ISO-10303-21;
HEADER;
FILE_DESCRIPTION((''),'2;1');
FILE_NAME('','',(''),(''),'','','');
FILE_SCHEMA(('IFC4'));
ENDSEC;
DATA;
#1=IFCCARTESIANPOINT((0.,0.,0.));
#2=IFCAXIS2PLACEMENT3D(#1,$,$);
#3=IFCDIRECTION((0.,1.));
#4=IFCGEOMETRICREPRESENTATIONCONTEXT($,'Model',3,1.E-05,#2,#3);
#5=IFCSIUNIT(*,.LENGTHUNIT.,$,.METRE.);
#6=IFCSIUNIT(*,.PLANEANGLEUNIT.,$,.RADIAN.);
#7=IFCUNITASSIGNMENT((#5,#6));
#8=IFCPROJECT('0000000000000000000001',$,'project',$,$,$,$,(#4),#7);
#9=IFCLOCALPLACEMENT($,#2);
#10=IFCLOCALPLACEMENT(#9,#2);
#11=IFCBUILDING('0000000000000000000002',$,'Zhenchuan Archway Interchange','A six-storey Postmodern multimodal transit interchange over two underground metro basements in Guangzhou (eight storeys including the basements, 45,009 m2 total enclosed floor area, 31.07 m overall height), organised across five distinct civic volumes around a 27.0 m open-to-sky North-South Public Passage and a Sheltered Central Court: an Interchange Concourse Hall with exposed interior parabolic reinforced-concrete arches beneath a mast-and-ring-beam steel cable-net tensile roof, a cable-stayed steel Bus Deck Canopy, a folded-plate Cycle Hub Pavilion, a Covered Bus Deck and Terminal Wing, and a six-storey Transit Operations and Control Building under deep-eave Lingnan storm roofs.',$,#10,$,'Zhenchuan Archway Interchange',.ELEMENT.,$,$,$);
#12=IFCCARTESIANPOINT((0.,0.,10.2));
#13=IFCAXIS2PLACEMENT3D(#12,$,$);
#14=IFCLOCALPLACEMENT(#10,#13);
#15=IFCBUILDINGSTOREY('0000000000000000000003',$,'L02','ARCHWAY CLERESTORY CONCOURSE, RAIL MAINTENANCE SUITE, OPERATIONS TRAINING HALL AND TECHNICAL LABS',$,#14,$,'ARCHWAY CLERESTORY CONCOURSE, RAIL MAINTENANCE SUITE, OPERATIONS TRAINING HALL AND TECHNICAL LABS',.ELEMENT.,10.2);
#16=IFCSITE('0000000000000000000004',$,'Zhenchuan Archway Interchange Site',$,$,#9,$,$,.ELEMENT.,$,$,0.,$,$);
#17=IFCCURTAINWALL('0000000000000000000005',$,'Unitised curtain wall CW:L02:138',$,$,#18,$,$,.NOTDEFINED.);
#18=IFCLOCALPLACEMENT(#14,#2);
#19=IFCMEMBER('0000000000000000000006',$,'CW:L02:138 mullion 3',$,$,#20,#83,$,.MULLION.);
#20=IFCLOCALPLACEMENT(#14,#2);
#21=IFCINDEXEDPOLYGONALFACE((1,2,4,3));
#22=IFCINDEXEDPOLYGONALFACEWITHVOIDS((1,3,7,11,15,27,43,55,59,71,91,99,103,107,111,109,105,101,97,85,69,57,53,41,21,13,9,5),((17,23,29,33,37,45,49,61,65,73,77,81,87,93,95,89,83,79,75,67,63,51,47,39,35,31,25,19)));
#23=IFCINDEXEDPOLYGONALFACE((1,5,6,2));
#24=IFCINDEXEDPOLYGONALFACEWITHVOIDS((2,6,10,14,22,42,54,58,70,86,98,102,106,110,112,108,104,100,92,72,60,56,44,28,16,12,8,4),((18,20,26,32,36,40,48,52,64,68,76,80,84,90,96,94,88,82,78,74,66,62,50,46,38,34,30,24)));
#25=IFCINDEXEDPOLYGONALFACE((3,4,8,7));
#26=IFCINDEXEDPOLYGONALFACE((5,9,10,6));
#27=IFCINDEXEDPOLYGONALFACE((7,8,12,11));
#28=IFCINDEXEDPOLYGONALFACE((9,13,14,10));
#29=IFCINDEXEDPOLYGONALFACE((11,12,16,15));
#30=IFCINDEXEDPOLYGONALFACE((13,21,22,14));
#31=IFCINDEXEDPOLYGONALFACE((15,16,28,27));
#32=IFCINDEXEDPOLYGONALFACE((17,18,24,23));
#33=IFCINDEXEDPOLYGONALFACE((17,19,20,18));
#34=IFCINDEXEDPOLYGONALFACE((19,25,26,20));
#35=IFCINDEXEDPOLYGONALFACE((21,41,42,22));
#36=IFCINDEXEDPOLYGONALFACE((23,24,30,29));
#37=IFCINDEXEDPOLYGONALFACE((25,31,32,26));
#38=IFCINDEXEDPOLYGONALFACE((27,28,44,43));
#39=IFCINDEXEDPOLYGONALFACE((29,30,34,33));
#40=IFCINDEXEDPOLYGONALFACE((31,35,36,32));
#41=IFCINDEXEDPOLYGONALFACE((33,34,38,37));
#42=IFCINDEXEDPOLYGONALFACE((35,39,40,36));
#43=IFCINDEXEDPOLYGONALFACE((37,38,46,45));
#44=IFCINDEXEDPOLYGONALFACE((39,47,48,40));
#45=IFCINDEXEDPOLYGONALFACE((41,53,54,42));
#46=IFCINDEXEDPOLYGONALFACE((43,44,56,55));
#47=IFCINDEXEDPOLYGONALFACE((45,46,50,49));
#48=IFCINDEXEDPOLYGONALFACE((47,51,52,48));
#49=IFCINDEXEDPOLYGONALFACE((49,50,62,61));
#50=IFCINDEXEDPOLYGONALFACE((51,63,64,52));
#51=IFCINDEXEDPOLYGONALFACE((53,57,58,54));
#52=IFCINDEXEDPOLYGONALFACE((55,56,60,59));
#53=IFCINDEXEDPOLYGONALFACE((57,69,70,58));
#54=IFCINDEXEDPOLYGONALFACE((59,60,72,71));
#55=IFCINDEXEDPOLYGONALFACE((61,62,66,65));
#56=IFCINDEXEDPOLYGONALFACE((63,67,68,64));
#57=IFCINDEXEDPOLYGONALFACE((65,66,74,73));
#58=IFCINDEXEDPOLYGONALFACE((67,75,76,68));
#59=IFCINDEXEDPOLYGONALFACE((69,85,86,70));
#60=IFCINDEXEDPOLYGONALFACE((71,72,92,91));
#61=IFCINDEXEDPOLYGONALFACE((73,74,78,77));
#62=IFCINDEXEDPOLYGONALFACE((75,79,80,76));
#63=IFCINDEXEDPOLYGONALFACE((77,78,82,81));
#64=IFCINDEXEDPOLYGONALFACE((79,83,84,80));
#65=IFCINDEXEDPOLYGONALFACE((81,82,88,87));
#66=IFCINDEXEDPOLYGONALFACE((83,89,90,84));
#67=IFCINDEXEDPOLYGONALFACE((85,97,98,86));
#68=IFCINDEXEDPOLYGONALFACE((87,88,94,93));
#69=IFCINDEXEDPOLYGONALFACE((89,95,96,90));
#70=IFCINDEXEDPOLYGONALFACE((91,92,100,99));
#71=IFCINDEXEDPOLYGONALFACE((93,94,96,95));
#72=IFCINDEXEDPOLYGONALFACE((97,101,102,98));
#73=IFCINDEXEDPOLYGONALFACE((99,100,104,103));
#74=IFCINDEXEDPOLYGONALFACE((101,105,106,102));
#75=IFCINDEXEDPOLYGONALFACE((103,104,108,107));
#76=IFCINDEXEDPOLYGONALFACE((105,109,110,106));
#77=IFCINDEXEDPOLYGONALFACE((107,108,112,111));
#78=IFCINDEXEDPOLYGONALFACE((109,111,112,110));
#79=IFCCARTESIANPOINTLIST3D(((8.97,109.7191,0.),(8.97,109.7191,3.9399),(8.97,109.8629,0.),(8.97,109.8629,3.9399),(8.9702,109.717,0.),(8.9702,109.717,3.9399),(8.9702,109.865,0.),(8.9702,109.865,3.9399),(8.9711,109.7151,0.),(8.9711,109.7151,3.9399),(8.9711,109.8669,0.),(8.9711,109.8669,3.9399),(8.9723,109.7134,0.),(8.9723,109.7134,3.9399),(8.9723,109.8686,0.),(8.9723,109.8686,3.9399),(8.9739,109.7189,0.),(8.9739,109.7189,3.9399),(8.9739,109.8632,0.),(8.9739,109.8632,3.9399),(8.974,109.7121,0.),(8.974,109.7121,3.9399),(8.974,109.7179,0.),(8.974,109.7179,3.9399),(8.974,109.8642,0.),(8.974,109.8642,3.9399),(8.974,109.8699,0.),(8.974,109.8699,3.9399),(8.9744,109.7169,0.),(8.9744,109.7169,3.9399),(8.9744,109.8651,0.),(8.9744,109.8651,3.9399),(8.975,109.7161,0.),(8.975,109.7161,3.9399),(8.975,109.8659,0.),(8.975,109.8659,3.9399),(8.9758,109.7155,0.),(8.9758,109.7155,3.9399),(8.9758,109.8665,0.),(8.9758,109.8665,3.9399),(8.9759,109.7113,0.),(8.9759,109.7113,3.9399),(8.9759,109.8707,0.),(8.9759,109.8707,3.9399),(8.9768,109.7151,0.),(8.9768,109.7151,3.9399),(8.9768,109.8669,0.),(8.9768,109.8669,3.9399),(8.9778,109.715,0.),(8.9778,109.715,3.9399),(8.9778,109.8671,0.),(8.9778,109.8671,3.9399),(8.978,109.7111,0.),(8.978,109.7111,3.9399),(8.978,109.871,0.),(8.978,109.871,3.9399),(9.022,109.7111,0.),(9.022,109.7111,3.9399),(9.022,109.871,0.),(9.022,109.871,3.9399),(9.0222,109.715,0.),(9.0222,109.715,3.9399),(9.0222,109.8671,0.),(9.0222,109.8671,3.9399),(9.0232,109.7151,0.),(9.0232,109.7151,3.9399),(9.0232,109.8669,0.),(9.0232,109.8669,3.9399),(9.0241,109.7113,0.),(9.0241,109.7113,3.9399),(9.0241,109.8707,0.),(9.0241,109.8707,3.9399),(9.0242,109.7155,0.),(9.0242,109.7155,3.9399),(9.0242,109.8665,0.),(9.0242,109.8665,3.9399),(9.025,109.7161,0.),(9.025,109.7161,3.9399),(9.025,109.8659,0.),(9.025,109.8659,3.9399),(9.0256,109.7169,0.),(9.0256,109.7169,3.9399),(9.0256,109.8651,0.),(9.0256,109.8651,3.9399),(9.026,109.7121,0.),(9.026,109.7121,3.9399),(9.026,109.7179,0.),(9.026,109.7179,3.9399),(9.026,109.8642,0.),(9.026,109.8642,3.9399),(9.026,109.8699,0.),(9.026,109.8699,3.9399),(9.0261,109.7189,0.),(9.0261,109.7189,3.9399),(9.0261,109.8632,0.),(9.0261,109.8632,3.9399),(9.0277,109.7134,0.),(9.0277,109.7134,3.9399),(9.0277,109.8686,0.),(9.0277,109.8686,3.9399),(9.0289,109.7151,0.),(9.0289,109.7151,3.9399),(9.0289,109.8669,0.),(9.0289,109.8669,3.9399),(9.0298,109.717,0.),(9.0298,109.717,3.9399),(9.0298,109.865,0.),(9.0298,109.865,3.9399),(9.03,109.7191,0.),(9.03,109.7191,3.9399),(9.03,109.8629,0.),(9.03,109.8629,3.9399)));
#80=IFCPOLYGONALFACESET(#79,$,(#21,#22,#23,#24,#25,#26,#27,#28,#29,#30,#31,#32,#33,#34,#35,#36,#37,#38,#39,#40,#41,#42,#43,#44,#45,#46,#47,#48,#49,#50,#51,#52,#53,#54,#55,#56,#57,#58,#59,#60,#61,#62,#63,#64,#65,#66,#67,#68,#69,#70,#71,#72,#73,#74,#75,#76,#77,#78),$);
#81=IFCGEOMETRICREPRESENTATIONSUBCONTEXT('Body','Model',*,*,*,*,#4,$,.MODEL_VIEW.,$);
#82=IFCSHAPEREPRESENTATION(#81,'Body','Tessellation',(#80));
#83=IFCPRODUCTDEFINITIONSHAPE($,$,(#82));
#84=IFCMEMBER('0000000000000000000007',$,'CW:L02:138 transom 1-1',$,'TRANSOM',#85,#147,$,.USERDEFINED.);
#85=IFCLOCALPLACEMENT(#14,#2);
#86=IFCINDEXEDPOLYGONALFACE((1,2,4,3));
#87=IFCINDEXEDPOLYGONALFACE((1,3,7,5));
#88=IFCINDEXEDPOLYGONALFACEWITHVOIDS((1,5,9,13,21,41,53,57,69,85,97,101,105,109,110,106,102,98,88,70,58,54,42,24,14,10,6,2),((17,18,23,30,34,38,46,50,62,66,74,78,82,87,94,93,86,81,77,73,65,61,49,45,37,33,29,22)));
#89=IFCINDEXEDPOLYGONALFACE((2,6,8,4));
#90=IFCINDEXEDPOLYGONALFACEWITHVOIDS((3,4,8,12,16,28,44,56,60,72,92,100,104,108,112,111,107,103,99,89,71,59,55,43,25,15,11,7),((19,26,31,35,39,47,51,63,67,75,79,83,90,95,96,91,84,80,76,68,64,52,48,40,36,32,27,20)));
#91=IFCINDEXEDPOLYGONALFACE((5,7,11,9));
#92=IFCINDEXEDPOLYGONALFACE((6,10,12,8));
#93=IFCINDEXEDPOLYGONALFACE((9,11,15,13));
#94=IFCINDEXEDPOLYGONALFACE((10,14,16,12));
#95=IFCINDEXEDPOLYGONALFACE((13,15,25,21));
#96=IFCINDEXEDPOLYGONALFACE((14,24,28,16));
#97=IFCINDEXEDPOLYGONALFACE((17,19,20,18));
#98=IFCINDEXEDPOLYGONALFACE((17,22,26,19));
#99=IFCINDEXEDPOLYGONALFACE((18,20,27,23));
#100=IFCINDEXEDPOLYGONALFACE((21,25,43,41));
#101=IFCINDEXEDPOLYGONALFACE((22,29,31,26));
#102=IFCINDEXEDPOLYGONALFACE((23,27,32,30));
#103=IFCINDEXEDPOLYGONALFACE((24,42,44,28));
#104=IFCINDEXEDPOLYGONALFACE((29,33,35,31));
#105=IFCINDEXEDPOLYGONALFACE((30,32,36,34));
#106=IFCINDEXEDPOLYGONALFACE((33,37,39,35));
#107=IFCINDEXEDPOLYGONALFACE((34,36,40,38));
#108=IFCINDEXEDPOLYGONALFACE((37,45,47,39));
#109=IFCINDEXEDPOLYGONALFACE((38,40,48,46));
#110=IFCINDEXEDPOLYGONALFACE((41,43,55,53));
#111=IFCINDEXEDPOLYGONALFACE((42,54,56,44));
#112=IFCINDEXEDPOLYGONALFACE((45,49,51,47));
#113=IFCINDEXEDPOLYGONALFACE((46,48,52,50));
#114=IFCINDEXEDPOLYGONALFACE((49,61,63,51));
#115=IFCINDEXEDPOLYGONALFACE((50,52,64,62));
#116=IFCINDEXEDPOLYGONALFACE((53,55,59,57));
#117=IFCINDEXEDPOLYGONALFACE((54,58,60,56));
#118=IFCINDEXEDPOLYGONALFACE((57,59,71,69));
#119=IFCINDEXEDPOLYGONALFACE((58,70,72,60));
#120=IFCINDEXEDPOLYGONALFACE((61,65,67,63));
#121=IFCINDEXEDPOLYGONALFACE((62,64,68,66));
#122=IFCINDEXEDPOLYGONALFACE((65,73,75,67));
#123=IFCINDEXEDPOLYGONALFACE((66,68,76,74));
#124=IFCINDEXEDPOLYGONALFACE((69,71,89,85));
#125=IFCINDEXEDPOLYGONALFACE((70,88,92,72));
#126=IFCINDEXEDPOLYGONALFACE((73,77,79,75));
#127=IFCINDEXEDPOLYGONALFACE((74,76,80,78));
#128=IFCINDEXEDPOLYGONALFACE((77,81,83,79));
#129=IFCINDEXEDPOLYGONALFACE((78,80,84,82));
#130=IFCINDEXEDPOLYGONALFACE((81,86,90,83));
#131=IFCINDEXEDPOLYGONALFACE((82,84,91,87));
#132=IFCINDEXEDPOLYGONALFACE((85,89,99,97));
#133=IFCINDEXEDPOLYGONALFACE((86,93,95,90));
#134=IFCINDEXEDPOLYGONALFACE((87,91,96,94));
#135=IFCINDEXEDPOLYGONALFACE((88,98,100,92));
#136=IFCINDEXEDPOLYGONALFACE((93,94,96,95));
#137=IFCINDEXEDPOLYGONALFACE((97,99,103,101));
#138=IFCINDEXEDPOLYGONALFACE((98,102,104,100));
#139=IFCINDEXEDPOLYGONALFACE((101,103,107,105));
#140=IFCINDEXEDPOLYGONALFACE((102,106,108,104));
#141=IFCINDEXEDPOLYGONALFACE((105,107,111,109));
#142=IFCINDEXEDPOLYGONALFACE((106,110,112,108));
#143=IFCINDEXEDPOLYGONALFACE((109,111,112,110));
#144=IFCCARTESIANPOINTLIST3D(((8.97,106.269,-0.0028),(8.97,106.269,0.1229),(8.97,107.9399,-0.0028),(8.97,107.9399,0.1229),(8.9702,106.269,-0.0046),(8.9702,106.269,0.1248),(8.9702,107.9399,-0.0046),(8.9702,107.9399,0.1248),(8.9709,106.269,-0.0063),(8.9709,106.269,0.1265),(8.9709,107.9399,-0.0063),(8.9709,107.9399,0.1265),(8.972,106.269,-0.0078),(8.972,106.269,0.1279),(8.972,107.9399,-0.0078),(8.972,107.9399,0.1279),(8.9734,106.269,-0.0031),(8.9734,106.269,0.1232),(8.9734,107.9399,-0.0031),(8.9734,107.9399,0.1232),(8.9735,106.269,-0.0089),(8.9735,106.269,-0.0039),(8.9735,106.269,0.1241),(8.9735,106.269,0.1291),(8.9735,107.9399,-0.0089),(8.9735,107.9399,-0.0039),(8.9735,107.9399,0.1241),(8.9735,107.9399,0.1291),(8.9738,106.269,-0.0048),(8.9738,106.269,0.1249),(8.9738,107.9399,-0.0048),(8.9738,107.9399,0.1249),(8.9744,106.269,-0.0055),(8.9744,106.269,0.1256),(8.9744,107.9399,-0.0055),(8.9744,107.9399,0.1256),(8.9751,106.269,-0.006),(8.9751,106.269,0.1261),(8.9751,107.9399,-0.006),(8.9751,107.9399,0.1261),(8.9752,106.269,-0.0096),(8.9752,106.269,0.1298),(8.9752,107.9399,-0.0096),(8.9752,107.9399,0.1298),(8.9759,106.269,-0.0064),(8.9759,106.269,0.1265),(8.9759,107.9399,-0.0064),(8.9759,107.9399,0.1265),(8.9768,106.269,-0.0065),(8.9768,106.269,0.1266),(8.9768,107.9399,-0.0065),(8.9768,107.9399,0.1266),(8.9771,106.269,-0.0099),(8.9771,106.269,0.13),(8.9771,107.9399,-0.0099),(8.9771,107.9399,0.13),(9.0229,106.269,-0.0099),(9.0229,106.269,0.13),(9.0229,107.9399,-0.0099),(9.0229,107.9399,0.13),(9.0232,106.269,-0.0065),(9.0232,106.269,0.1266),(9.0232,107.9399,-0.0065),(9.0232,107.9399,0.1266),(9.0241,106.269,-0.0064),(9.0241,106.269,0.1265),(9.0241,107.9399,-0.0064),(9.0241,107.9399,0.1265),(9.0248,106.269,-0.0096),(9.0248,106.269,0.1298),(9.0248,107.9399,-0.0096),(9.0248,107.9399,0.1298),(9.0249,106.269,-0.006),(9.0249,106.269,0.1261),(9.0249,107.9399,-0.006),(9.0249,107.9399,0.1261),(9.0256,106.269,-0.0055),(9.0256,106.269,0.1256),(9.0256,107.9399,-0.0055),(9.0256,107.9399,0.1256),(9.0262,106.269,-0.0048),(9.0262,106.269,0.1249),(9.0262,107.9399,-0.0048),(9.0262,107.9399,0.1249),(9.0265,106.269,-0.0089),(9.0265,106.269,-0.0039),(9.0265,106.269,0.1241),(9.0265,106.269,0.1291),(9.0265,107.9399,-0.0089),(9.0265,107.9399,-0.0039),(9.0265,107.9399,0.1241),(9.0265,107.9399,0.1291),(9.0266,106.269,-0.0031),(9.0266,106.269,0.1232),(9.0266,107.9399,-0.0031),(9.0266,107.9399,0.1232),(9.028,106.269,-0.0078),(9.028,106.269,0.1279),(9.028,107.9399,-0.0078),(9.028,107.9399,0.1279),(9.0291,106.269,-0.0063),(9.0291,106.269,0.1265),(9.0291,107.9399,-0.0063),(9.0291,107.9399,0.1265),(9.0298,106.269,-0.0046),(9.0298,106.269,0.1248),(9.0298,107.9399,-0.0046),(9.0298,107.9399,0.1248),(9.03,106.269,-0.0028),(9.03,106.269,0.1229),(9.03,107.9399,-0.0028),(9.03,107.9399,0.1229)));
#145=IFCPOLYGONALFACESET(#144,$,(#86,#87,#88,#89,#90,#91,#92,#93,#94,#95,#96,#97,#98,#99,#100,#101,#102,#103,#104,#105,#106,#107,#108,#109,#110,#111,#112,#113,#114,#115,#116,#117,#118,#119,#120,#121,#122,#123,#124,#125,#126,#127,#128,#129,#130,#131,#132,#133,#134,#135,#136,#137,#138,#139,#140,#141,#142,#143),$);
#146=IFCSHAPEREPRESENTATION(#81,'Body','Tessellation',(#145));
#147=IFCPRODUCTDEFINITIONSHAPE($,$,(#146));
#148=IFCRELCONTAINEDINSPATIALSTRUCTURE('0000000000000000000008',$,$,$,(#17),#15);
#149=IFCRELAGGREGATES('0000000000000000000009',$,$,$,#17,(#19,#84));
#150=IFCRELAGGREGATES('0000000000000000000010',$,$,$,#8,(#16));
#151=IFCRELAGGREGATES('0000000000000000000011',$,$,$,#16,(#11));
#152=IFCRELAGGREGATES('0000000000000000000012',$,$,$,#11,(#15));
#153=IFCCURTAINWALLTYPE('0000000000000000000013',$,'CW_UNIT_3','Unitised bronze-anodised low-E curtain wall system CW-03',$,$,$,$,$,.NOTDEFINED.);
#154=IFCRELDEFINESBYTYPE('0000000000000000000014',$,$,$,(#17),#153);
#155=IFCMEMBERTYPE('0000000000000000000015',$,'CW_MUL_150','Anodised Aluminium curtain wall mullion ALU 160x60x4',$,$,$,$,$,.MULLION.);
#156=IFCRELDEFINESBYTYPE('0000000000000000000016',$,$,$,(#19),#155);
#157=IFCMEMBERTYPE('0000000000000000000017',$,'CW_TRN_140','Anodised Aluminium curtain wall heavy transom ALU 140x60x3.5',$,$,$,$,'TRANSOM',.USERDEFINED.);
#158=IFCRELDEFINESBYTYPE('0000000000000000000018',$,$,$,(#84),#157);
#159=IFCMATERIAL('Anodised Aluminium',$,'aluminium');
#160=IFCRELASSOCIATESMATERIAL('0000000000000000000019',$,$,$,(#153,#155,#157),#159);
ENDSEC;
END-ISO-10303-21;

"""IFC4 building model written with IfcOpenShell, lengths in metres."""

from ifc_helpers import new_model, si_unit, direction, frame, origin, origin_2d, place, context, subcontext, project, spatial, hollow_rectangle, extrude, material, material_profile, profile_set, type_object, element, aggregate, save


model = new_model("IFC4")

# Units and contexts
model_context = context("Model", 3, precision=1e-05, world=origin(), true_north=direction((0.0, 1.0)))
body_context = subcontext(model_context, "Body", "Model", "MODEL_VIEW")
ifc_project = project(units=[si_unit("LENGTHUNIT", "METRE"), si_unit("PLANEANGLEUNIT", "RADIAN")], contexts=[model_context])

# Site, building, storey
site_placement = place(None, origin())
site = spatial("IfcSite", under=ifc_project, at=site_placement, Name="Zhenchuan Archway Interchange Site", CompositionType="ELEMENT", RefElevation=0.0)
building_placement = place(site_placement, origin())
building = spatial("IfcBuilding", under=site, at=building_placement, Name="Zhenchuan Archway Interchange", Description="A six-storey Postmodern multimodal transit interchange over two underground metro basements in Guangzhou (eight storeys including the basements, 45,009 m2 total enclosed floor area, 31.07 m overall height), organised across five distinct civic volumes around a 27.0 m open-to-sky North-South Public Passage and a Sheltered Central Court: an Interchange Concourse Hall with exposed interior parabolic reinforced-concrete arches beneath a mast-and-ring-beam steel cable-net tensile roof, a cable-stayed steel Bus Deck Canopy, a folded-plate Cycle Hub Pavilion, a Covered Bus Deck and Terminal Wing, and a six-storey Transit Operations and Control Building under deep-eave Lingnan storm roofs.", LongName="Zhenchuan Archway Interchange", CompositionType="ELEMENT")
storey_placement = place(building_placement, frame((0.0, 0.0, 10.2)))
storey = spatial("IfcBuildingStorey", under=building, at=storey_placement, Name="L02", Description="ARCHWAY CLERESTORY CONCOURSE, RAIL MAINTENANCE SUITE, OPERATIONS TRAINING HALL AND TECHNICAL LABS", LongName="ARCHWAY CLERESTORY CONCOURSE, RAIL MAINTENANCE SUITE, OPERATIONS TRAINING HALL AND TECHNICAL LABS", CompositionType="ELEMENT", Elevation=10.2)

# Curtain wall, members
ifc_material_1 = material(Name="Anodised Aluminium", Category="aluminium")
curtain_wall_type = type_object("IfcCurtainWallType", Name="CW_UNIT_3", Description="Unitised bronze-anodised low-E curtain wall system CW-03", PredefinedType="NOTDEFINED", material=ifc_material_1)
curtain_wall_placement = place(storey_placement, origin())
curtain_wall = element("IfcCurtainWall", 1, at=curtain_wall_placement, inside=storey, type_object=curtain_wall_type, Name="Unitised curtain wall CW:L02:138", PredefinedType="NOTDEFINED")
ifc_material_profile_1 = material_profile(ifc_material_1, hollow_rectangle(XDim=0.0601, YDim=0.1599, WallThickness=0.0039, InnerFilletRadius=0.0039, OuterFilletRadius=0.0081, at=origin_2d()), Name="ALU 160x60x4")
ifc_profile_set_1 = profile_set([ifc_material_profile_1], Name="Anodised Aluminium")
member_type_1 = type_object("IfcMemberType", Name="CW_MUL_150", Description="Anodised Aluminium curtain wall mullion ALU 160x60x4", PredefinedType="MULLION", material=ifc_profile_set_1)
member_1_placement = place(storey_placement, frame((9.0, 109.791, 0.0), z_axis=(0.0, 0.0, 1.0), x_axis=(1.0, 0.0, 0.0)))
member_1 = element("IfcMember", 2, at=member_1_placement, type_object=member_type_1, Name="CW:L02:138 mullion 3", PredefinedType="MULLION", context=body_context, shape_type="SweptSolid", body=[
    extrude(hollow_rectangle(XDim=0.0601, YDim=0.1599, WallThickness=0.0039, InnerFilletRadius=0.0039, OuterFilletRadius=0.0081, at=origin_2d()), origin(), (0.0, 0.0, 1.0), 3.9399),
])
ifc_material_profile_2 = material_profile(ifc_material_1, hollow_rectangle(XDim=0.0601, YDim=0.1399, WallThickness=0.0034, InnerFilletRadius=0.0034, OuterFilletRadius=0.0071, at=origin_2d()), Name="ALU 140x60x3.5")
ifc_profile_set_2 = profile_set([ifc_material_profile_2], Name="Anodised Aluminium")
member_type_2 = type_object("IfcMemberType", Name="CW_TRN_140", Description="Anodised Aluminium curtain wall heavy transom ALU 140x60x3.5", ElementType="TRANSOM", PredefinedType="USERDEFINED", material=ifc_profile_set_2)
member_2_placement = place(storey_placement, frame((9.0, 106.269, 0.0601), z_axis=(0.0, 1.0, 0.0), x_axis=(-1.0, 0.0, 0.0)))
member_2 = element("IfcMember", 3, at=member_2_placement, type_object=member_type_2, Name="CW:L02:138 transom 1-1", ObjectType="TRANSOM", PredefinedType="USERDEFINED", context=body_context, shape_type="SweptSolid", body=[
    extrude(hollow_rectangle(XDim=0.0601, YDim=0.1399, WallThickness=0.0034, InnerFilletRadius=0.0034, OuterFilletRadius=0.0071, at=origin_2d()), origin(), (0.0, 0.0, 1.0), 1.6709),
])
aggregate(curtain_wall, [member_1, member_2])

save(model, "model.ifc")
